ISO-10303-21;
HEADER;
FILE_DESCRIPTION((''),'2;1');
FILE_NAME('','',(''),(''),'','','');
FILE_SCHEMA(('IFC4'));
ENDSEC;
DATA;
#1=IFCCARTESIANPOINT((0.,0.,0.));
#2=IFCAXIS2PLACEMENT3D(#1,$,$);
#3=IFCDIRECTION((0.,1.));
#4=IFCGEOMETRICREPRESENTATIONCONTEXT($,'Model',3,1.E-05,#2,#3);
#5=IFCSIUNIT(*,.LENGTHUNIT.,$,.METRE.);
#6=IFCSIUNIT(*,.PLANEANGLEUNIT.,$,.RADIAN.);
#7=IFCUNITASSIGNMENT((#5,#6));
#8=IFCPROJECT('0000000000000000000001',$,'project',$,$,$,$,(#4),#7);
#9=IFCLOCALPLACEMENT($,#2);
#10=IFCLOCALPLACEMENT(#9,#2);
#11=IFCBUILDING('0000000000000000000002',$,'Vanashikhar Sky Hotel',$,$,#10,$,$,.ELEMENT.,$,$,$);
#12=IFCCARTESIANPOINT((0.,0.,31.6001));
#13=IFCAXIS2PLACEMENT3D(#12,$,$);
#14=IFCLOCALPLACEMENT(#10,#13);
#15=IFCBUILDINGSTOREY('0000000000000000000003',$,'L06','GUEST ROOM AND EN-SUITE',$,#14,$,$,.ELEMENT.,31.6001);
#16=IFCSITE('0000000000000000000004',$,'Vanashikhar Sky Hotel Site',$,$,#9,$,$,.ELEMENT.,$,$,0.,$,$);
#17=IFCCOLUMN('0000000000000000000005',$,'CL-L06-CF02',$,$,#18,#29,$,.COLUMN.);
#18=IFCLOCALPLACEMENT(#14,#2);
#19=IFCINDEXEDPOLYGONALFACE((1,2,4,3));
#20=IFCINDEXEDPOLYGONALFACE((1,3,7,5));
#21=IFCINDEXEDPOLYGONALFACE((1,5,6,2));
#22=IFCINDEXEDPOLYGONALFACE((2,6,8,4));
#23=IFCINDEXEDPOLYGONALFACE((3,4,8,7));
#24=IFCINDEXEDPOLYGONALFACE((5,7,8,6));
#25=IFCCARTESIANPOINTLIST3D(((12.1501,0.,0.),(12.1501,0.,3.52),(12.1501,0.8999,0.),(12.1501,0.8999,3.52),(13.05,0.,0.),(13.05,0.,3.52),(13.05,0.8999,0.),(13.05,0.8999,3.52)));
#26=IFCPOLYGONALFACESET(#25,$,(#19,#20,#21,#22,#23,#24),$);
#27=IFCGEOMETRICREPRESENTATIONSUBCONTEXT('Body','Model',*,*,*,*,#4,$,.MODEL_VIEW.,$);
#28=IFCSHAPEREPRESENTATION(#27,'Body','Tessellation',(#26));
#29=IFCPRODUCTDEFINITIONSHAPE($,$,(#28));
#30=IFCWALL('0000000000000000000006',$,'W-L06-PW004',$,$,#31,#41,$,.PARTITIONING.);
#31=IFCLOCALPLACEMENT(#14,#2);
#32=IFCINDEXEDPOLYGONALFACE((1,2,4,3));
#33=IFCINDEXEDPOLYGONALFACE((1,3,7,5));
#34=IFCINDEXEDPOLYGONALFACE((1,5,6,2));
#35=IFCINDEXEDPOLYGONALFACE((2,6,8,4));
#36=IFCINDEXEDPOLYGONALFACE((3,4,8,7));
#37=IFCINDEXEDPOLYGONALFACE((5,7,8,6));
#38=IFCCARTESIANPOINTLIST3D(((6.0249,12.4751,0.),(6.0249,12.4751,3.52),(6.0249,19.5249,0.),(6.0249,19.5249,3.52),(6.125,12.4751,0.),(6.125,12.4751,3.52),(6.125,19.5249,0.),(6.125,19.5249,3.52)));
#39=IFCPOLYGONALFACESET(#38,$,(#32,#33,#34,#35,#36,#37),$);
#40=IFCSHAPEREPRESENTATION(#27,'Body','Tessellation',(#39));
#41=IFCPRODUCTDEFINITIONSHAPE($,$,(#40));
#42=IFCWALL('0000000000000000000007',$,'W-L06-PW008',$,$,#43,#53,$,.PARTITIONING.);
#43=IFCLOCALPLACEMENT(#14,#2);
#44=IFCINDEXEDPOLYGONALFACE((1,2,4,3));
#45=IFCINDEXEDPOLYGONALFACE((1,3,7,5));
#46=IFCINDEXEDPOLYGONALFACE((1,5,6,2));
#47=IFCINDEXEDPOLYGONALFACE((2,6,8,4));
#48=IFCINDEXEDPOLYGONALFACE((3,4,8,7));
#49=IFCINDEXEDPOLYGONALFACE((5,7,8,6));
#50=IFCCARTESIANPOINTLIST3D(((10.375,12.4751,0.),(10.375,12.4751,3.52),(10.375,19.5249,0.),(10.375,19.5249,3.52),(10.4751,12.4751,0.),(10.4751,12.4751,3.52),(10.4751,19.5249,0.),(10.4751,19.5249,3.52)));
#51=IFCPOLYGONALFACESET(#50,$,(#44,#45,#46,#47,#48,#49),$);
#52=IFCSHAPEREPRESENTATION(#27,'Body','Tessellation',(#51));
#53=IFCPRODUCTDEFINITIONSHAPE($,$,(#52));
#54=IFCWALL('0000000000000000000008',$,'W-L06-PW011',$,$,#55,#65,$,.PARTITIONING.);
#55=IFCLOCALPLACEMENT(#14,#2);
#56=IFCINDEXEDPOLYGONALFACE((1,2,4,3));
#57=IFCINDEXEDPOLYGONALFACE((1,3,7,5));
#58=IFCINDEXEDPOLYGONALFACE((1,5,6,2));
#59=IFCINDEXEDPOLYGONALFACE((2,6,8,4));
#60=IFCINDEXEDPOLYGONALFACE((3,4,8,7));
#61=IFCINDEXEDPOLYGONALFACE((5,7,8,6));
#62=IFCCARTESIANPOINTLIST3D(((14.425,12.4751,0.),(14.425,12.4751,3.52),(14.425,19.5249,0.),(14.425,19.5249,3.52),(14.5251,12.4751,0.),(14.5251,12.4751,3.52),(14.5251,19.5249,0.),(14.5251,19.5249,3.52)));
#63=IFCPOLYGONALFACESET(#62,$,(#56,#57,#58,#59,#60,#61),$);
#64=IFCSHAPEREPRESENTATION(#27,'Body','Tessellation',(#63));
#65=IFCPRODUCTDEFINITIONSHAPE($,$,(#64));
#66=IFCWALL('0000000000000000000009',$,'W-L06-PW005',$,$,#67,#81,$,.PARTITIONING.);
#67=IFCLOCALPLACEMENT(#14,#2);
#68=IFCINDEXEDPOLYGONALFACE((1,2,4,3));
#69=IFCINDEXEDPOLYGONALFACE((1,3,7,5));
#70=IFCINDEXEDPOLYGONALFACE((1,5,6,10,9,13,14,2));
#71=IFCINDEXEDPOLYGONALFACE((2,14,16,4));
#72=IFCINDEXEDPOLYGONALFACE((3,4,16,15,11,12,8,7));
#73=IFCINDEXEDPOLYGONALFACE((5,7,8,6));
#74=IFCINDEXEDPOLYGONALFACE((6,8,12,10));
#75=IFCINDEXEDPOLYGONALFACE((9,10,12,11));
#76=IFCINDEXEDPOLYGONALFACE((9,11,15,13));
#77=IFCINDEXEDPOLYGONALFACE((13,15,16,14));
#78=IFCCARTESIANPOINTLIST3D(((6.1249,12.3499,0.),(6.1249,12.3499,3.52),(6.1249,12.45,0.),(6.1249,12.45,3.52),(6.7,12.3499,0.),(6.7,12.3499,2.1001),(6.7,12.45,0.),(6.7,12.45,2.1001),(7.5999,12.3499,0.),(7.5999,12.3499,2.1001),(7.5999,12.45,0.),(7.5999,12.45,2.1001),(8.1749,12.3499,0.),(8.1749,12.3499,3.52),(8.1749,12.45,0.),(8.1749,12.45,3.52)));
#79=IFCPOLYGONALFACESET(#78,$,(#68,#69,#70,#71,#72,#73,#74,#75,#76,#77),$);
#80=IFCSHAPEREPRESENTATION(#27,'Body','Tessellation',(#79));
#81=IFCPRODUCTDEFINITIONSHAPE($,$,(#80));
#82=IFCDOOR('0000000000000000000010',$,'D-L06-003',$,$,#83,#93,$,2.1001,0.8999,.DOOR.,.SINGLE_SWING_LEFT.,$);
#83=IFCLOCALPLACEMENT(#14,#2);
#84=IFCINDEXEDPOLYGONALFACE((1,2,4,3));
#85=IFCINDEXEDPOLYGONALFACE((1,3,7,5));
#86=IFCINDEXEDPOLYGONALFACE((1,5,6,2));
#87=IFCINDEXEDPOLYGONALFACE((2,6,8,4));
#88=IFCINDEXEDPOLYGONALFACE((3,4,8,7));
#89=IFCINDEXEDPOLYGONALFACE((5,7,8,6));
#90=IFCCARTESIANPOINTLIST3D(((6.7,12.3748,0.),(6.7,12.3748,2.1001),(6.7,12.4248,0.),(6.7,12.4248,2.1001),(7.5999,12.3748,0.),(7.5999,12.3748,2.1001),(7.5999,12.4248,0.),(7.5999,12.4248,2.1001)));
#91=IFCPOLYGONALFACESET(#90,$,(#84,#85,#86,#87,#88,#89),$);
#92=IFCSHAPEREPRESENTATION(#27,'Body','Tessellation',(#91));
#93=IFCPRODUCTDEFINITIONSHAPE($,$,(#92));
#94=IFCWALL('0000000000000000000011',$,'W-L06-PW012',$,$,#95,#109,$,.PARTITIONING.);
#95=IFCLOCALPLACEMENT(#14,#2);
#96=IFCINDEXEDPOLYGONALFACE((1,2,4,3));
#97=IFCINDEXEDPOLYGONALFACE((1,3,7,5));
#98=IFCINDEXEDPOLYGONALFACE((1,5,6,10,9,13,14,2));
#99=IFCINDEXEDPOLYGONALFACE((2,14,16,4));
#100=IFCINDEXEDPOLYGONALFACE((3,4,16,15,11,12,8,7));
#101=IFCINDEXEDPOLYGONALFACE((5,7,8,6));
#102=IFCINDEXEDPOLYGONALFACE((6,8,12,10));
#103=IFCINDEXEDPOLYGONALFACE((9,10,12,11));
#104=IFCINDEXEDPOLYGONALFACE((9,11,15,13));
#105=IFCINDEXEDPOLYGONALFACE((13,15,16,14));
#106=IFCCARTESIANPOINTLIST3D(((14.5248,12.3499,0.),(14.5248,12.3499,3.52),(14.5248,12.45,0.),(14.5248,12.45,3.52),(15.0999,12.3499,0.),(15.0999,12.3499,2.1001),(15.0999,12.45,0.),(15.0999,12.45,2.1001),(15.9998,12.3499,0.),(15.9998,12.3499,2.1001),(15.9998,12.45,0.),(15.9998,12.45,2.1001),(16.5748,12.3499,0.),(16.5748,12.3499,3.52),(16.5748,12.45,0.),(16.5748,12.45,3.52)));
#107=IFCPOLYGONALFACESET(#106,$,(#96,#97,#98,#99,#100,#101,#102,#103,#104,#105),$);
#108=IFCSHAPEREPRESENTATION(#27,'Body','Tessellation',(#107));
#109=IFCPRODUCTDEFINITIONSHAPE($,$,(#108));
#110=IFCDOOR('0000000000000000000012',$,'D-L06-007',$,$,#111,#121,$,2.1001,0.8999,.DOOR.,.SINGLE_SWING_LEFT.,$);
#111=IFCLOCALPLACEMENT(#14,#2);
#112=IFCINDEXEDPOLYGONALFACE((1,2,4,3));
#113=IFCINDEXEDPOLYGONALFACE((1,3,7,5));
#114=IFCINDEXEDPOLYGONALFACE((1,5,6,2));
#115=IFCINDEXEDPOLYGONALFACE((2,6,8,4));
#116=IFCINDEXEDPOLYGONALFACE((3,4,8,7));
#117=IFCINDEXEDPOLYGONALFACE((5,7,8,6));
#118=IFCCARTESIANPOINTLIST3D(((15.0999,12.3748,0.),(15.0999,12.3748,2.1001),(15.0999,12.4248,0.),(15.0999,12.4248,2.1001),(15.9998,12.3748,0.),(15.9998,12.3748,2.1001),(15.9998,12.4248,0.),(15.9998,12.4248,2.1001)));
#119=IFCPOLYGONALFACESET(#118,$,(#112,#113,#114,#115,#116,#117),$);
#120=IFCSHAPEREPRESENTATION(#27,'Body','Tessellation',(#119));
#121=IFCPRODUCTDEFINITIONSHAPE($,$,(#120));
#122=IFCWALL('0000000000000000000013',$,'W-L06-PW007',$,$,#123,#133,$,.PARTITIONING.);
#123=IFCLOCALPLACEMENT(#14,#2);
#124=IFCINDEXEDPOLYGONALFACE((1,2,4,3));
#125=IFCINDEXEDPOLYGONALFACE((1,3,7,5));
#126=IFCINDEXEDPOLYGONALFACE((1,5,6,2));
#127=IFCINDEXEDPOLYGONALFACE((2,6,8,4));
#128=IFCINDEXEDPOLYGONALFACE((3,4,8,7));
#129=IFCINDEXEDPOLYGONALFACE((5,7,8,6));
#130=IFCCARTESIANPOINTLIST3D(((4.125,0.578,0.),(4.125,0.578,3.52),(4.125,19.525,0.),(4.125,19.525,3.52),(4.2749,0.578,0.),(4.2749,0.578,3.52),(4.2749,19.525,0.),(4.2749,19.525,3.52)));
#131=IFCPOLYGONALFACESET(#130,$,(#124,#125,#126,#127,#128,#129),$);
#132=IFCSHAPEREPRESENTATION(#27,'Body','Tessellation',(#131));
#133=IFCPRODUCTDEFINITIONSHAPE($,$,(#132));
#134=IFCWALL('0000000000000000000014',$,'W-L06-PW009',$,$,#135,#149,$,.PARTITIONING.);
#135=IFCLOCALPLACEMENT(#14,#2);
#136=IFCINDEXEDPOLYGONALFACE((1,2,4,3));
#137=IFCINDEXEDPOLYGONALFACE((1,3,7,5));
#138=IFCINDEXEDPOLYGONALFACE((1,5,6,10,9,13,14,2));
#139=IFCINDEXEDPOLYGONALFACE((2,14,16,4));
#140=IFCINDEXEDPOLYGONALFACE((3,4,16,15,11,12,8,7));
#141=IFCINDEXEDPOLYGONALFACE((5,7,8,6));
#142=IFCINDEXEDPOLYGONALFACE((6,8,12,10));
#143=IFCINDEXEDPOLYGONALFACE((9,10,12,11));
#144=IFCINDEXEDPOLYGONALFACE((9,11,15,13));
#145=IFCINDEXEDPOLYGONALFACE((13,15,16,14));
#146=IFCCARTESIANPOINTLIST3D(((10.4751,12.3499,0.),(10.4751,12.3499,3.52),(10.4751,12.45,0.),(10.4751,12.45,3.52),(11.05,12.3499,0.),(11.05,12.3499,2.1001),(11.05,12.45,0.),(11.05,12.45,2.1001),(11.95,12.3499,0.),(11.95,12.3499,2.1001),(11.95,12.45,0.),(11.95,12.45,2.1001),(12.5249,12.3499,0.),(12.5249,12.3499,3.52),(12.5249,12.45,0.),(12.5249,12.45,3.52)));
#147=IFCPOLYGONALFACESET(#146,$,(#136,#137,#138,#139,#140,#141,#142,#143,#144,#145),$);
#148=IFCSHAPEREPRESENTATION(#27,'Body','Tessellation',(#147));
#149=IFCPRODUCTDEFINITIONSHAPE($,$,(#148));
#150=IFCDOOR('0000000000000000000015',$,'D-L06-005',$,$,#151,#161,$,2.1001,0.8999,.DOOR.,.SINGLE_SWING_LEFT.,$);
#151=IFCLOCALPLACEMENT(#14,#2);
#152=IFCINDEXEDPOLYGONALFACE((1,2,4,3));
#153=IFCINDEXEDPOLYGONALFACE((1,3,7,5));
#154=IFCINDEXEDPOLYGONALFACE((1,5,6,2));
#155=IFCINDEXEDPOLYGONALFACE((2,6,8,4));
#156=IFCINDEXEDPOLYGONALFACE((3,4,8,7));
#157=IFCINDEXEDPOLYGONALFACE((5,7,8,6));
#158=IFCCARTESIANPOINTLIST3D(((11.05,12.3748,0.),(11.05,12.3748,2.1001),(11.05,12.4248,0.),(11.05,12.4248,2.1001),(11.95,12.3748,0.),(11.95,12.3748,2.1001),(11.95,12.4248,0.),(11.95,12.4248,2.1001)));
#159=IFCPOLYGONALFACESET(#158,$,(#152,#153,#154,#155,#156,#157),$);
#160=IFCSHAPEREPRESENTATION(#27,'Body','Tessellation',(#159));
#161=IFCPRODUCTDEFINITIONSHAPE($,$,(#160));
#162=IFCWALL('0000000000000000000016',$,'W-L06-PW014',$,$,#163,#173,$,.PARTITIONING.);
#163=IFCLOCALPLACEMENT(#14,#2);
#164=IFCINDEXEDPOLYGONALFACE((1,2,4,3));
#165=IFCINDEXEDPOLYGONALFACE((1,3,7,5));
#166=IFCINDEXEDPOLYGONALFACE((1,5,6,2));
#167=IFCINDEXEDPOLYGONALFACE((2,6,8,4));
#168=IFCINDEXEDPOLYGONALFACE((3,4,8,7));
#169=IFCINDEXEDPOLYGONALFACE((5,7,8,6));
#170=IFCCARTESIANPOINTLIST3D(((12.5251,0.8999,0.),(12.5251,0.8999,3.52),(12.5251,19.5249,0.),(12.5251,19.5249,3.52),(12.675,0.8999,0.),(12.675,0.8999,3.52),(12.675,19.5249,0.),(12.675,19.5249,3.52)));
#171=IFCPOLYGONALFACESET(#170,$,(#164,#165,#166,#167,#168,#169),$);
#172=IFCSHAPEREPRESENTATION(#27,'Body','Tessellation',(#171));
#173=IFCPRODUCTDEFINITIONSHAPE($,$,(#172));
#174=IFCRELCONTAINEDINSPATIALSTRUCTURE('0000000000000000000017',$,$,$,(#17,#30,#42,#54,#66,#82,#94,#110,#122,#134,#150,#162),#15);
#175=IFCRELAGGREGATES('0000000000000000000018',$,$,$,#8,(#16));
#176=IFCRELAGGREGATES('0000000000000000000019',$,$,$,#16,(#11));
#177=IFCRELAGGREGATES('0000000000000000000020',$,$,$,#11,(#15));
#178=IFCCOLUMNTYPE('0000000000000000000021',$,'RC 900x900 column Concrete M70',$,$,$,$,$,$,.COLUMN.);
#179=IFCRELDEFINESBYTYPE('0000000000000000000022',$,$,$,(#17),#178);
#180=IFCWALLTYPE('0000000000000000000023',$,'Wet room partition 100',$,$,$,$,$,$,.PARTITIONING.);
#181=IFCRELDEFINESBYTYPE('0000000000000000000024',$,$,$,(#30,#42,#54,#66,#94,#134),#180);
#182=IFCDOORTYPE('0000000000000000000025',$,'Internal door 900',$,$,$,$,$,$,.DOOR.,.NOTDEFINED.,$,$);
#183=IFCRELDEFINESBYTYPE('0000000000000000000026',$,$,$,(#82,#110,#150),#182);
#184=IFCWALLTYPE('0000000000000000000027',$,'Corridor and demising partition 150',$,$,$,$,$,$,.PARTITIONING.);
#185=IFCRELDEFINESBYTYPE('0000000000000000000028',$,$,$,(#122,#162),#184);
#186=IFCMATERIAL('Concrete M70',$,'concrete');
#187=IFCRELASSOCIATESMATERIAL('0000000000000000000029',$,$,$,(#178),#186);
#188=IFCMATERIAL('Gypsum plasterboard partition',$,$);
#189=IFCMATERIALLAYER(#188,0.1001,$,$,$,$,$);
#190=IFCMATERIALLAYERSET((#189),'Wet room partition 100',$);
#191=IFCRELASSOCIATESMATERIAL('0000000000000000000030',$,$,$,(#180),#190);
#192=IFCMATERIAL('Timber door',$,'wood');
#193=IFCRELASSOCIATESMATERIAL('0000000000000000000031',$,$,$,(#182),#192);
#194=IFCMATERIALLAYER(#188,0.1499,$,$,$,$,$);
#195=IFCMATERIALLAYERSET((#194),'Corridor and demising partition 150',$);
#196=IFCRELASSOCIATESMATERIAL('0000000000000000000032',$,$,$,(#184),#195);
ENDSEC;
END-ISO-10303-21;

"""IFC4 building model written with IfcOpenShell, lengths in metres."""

from ifc_helpers import new_model, si_unit, direction, frame, frame_2d, origin, origin_2d, place, context, subcontext, project, spatial, rectangle, extrude, source, transform, mapped, material, layer, layer_set, material_profile, profile_set, type_object, element, fill, save


model = new_model("IFC4")

# Units and contexts
model_context = context("Model", 3, precision=1e-05, world=origin(), true_north=direction((0.0, 1.0)))
body_context = subcontext(model_context, "Body", "Model", "MODEL_VIEW")
ifc_project = project(units=[si_unit("LENGTHUNIT", "METRE"), si_unit("PLANEANGLEUNIT", "RADIAN")], contexts=[model_context])

# Site, building, storey
site_placement = place(None, origin())
site = spatial("IfcSite", under=ifc_project, at=site_placement, Name="Vanashikhar Sky Hotel Site", CompositionType="ELEMENT", RefElevation=0.0)
building_placement = place(site_placement, origin())
building = spatial("IfcBuilding", under=site, at=building_placement, Name="Vanashikhar Sky Hotel", CompositionType="ELEMENT")
storey_placement = place(building_placement, frame((0.0, 0.0, 31.6001)))
storey = spatial("IfcBuildingStorey", under=building, at=storey_placement, Name="L06", Description="GUEST ROOM AND EN-SUITE", CompositionType="ELEMENT", Elevation=31.6001)

# Column
ifc_material_1 = material(Name="Concrete M70", Category="concrete")
ifc_material_profile = material_profile(ifc_material_1, rectangle(XDim=0.8999, YDim=0.8999, at=origin_2d()))
ifc_profile_set = profile_set([ifc_material_profile], Name="RC 900x900 column Concrete M70")
column_type = type_object("IfcColumnType", Name="RC 900x900 column Concrete M70", PredefinedType="COLUMN", material=ifc_profile_set)
shared_shape_1 = source(origin(), body_context, "Body", "SweptSolid", [
    extrude(rectangle(XDim=0.8999, YDim=0.8999, at=origin_2d()), origin(), (0.0, 0.0, 1.0), 3.52),
])
column_placement = place(storey_placement, frame((12.6001, 0.45, 0.0), z_axis=(0.0, 0.0, 1.0), x_axis=(1.0, 0.0, 0.0)))
element("IfcColumn", 1, at=column_placement, inside=storey, type_object=column_type, Name="CL-L06-CF02", PredefinedType="COLUMN", context=body_context, shape_type="MappedRepresentation", body=[
    mapped(shared_shape_1, transform((0.0, 0.0, 0.0), scale=1.0)),
])

# Walls
ifc_material_2 = material(Name="Gypsum plasterboard partition")
ifc_layer_1 = layer(ifc_material_2, 0.1001)
ifc_layer_set_1 = layer_set([ifc_layer_1], Name="Wet room partition 100")
wall_type_1 = type_object("IfcWallType", Name="Wet room partition 100", PredefinedType="PARTITIONING", material=ifc_layer_set_1)
shared_shape_2 = source(origin(), body_context, "Body", "SweptSolid", [
    extrude(rectangle(XDim=7.0498, YDim=0.1001, at=frame_2d((3.5249, 0.0))), origin(), (0.0, 0.0, 1.0), 3.52),
])
for number, where, z_axis, x_axis, name in (
    (2, (6.075, 12.4751, 0.0), (0.0, 0.0, 1.0), (0.0, 1.0, 0.0), "W-L06-PW004"),
    (3, (10.425, 12.4751, 0.0), (0.0, 0.0, 1.0), (0.0, 1.0, 0.0), "W-L06-PW008"),
    (4, (14.4751, 12.4751, 0.0), (0.0, 0.0, 1.0), (0.0, 1.0, 0.0), "W-L06-PW011"),
):
    element("IfcWall", number, at=place(storey_placement, frame(where, z_axis=z_axis, x_axis=x_axis)), inside=storey, type_object=wall_type_1, Name=name, PredefinedType="PARTITIONING", context=body_context, shape_type="MappedRepresentation", body=[
        mapped(shared_shape_2, transform((0.0, 0.0, 0.0), scale=1.0)),
    ])

# Walls, openings, doors
shared_shape_3 = source(origin(), body_context, "Body", "SweptSolid", [
    extrude(rectangle(XDim=2.05, YDim=0.1001, at=frame_2d((1.0249, 0.0))), origin(), (0.0, 0.0, 1.0), 3.52),
])
wall_1_placement = place(storey_placement, frame((6.125, 12.3999, 0.0), z_axis=(0.0, 0.0, 1.0), x_axis=(1.0, 0.0, 0.0)))
wall_1 = element("IfcWall", 5, at=wall_1_placement, inside=storey, type_object=wall_type_1, Name="W-L06-PW005", PredefinedType="PARTITIONING", context=body_context, shape_type="MappedRepresentation", body=[
    mapped(shared_shape_3, transform((0.0, 0.0, 0.0), scale=1.0)),
])
shared_shape_4 = source(origin(), body_context, "Body", "SweptSolid", [
    extrude(rectangle(XDim=0.8999, YDim=2.1001, at=frame_2d((0.45, 1.05))), frame((0.0, 0.0601, 0.0), z_axis=(0.0, -1.0, 0.0), x_axis=(1.0, 0.0, 0.0)), (0.0, 0.0, 1.0), 0.1201),
])
opening_1_placement = place(wall_1_placement, frame((0.575, 0.0, 0.0)))
opening_1 = element("IfcOpeningElement", 6, at=opening_1_placement, cuts=wall_1, PredefinedType="OPENING", context=body_context, shape_type="MappedRepresentation", body=[
    mapped(shared_shape_4, transform((0.0, 0.0, 0.0), scale=1.0)),
])
ifc_material_3 = material(Name="Timber door", Category="wood")
door_type_1 = type_object("IfcDoorType", Name="Internal door 900", OperationType="NOTDEFINED", PredefinedType="DOOR", material=ifc_material_3)
shared_shape_5 = source(origin(), body_context, "Body", "SweptSolid", [
    extrude(rectangle(XDim=0.8999, YDim=2.1001, at=frame_2d((0.45, 1.05))), frame((0.0, 0.0249, 0.0), z_axis=(0.0, -1.0, 0.0), x_axis=(1.0, 0.0, 0.0)), (0.0, 0.0, 1.0), 0.05),
])
door_1_placement = place(opening_1_placement, origin())
door_1 = element("IfcDoor", 7, at=door_1_placement, inside=storey, type_object=door_type_1, Name="D-L06-003", OperationType="SINGLE_SWING_LEFT", OverallHeight=2.1001, OverallWidth=0.8999, PredefinedType="DOOR", context=body_context, shape_type="MappedRepresentation", body=[
    mapped(shared_shape_5, transform((0.0, 0.0, 0.0), scale=1.0)),
])
fill(opening_1, door_1)
wall_2_placement = place(storey_placement, frame((14.5249, 12.3999, 0.0), z_axis=(0.0, 0.0, 1.0), x_axis=(1.0, 0.0, 0.0)))
wall_2 = element("IfcWall", 8, at=wall_2_placement, inside=storey, type_object=wall_type_1, Name="W-L06-PW012", PredefinedType="PARTITIONING", context=body_context, shape_type="MappedRepresentation", body=[
    mapped(shared_shape_3, transform((0.0, 0.0, 0.0), scale=1.0)),
])
opening_2_placement = place(wall_2_placement, frame((0.575, 0.0, 0.0)))
opening_2 = element("IfcOpeningElement", 9, at=opening_2_placement, cuts=wall_2, PredefinedType="OPENING", context=body_context, shape_type="MappedRepresentation", body=[
    mapped(shared_shape_4, transform((0.0, 0.0, 0.0), scale=1.0)),
])
door_2_placement = place(opening_2_placement, origin())
door_2 = element("IfcDoor", 10, at=door_2_placement, inside=storey, type_object=door_type_1, Name="D-L06-007", OperationType="SINGLE_SWING_LEFT", OverallHeight=2.1001, OverallWidth=0.8999, PredefinedType="DOOR", context=body_context, shape_type="MappedRepresentation", body=[
    mapped(shared_shape_5, transform((0.0, 0.0, 0.0), scale=1.0)),
])
fill(opening_2, door_2)

# Wall
ifc_layer_2 = layer(ifc_material_2, 0.1499)
ifc_layer_set_2 = layer_set([ifc_layer_2], Name="Corridor and demising partition 150")
wall_type_2 = type_object("IfcWallType", Name="Corridor and demising partition 150", PredefinedType="PARTITIONING", material=ifc_layer_set_2)
shared_shape_6 = source(origin(), body_context, "Body", "SweptSolid", [
    extrude(rectangle(XDim=18.947, YDim=0.1499, at=frame_2d((9.4736, 0.0))), origin(), (0.0, 0.0, 1.0), 3.52),
])
wall_3_placement = place(storey_placement, frame((4.2, 0.5779, 0.0), z_axis=(0.0, 0.0, 1.0), x_axis=(0.0, 1.0, 0.0)))
element("IfcWall", 11, at=wall_3_placement, inside=storey, type_object=wall_type_2, Name="W-L06-PW007", PredefinedType="PARTITIONING", context=body_context, shape_type="MappedRepresentation", body=[
    mapped(shared_shape_6, transform((0.0, 0.0, 0.0), scale=1.0)),
])

# Wall, opening, door
shared_shape_7 = source(origin(), body_context, "Body", "SweptSolid", [
    extrude(rectangle(XDim=2.0498, YDim=0.1001, at=frame_2d((1.0249, 0.0))), origin(), (0.0, 0.0, 1.0), 3.52),
])
wall_4_placement = place(storey_placement, frame((10.4751, 12.3999, 0.0), z_axis=(0.0, 0.0, 1.0), x_axis=(1.0, 0.0, 0.0)))
wall_4 = element("IfcWall", 12, at=wall_4_placement, inside=storey, type_object=wall_type_1, Name="W-L06-PW009", PredefinedType="PARTITIONING", context=body_context, shape_type="MappedRepresentation", body=[
    mapped(shared_shape_7, transform((0.0, 0.0, 0.0), scale=1.0)),
])
opening_3_placement = place(wall_4_placement, frame((0.575, 0.0, 0.0)))
opening_3 = element("IfcOpeningElement", 13, at=opening_3_placement, cuts=wall_4, PredefinedType="OPENING", context=body_context, shape_type="MappedRepresentation", body=[
    mapped(shared_shape_4, transform((0.0, 0.0, 0.0), scale=1.0)),
])
door_3_placement = place(opening_3_placement, origin())
door_3 = element("IfcDoor", 14, at=door_3_placement, inside=storey, type_object=door_type_1, Name="D-L06-005", OperationType="SINGLE_SWING_LEFT", OverallHeight=2.1001, OverallWidth=0.8999, PredefinedType="DOOR", context=body_context, shape_type="MappedRepresentation", body=[
    mapped(shared_shape_5, transform((0.0, 0.0, 0.0), scale=1.0)),
])
fill(opening_3, door_3)

# Wall
shared_shape_8 = source(origin(), body_context, "Body", "SweptSolid", [
    extrude(rectangle(XDim=18.625, YDim=0.1499, at=frame_2d((9.3125, 0.0))), origin(), (0.0, 0.0, 1.0), 3.52),
])
wall_5_placement = place(storey_placement, frame((12.6001, 0.8999, 0.0), z_axis=(0.0, 0.0, 1.0), x_axis=(0.0, 1.0, 0.0)))
element("IfcWall", 15, at=wall_5_placement, inside=storey, type_object=wall_type_2, Name="W-L06-PW014", PredefinedType="PARTITIONING", context=body_context, shape_type="MappedRepresentation", body=[
    mapped(shared_shape_8, transform((0.0, 0.0, 0.0), scale=1.0)),
])

save(model, "model.ifc")
